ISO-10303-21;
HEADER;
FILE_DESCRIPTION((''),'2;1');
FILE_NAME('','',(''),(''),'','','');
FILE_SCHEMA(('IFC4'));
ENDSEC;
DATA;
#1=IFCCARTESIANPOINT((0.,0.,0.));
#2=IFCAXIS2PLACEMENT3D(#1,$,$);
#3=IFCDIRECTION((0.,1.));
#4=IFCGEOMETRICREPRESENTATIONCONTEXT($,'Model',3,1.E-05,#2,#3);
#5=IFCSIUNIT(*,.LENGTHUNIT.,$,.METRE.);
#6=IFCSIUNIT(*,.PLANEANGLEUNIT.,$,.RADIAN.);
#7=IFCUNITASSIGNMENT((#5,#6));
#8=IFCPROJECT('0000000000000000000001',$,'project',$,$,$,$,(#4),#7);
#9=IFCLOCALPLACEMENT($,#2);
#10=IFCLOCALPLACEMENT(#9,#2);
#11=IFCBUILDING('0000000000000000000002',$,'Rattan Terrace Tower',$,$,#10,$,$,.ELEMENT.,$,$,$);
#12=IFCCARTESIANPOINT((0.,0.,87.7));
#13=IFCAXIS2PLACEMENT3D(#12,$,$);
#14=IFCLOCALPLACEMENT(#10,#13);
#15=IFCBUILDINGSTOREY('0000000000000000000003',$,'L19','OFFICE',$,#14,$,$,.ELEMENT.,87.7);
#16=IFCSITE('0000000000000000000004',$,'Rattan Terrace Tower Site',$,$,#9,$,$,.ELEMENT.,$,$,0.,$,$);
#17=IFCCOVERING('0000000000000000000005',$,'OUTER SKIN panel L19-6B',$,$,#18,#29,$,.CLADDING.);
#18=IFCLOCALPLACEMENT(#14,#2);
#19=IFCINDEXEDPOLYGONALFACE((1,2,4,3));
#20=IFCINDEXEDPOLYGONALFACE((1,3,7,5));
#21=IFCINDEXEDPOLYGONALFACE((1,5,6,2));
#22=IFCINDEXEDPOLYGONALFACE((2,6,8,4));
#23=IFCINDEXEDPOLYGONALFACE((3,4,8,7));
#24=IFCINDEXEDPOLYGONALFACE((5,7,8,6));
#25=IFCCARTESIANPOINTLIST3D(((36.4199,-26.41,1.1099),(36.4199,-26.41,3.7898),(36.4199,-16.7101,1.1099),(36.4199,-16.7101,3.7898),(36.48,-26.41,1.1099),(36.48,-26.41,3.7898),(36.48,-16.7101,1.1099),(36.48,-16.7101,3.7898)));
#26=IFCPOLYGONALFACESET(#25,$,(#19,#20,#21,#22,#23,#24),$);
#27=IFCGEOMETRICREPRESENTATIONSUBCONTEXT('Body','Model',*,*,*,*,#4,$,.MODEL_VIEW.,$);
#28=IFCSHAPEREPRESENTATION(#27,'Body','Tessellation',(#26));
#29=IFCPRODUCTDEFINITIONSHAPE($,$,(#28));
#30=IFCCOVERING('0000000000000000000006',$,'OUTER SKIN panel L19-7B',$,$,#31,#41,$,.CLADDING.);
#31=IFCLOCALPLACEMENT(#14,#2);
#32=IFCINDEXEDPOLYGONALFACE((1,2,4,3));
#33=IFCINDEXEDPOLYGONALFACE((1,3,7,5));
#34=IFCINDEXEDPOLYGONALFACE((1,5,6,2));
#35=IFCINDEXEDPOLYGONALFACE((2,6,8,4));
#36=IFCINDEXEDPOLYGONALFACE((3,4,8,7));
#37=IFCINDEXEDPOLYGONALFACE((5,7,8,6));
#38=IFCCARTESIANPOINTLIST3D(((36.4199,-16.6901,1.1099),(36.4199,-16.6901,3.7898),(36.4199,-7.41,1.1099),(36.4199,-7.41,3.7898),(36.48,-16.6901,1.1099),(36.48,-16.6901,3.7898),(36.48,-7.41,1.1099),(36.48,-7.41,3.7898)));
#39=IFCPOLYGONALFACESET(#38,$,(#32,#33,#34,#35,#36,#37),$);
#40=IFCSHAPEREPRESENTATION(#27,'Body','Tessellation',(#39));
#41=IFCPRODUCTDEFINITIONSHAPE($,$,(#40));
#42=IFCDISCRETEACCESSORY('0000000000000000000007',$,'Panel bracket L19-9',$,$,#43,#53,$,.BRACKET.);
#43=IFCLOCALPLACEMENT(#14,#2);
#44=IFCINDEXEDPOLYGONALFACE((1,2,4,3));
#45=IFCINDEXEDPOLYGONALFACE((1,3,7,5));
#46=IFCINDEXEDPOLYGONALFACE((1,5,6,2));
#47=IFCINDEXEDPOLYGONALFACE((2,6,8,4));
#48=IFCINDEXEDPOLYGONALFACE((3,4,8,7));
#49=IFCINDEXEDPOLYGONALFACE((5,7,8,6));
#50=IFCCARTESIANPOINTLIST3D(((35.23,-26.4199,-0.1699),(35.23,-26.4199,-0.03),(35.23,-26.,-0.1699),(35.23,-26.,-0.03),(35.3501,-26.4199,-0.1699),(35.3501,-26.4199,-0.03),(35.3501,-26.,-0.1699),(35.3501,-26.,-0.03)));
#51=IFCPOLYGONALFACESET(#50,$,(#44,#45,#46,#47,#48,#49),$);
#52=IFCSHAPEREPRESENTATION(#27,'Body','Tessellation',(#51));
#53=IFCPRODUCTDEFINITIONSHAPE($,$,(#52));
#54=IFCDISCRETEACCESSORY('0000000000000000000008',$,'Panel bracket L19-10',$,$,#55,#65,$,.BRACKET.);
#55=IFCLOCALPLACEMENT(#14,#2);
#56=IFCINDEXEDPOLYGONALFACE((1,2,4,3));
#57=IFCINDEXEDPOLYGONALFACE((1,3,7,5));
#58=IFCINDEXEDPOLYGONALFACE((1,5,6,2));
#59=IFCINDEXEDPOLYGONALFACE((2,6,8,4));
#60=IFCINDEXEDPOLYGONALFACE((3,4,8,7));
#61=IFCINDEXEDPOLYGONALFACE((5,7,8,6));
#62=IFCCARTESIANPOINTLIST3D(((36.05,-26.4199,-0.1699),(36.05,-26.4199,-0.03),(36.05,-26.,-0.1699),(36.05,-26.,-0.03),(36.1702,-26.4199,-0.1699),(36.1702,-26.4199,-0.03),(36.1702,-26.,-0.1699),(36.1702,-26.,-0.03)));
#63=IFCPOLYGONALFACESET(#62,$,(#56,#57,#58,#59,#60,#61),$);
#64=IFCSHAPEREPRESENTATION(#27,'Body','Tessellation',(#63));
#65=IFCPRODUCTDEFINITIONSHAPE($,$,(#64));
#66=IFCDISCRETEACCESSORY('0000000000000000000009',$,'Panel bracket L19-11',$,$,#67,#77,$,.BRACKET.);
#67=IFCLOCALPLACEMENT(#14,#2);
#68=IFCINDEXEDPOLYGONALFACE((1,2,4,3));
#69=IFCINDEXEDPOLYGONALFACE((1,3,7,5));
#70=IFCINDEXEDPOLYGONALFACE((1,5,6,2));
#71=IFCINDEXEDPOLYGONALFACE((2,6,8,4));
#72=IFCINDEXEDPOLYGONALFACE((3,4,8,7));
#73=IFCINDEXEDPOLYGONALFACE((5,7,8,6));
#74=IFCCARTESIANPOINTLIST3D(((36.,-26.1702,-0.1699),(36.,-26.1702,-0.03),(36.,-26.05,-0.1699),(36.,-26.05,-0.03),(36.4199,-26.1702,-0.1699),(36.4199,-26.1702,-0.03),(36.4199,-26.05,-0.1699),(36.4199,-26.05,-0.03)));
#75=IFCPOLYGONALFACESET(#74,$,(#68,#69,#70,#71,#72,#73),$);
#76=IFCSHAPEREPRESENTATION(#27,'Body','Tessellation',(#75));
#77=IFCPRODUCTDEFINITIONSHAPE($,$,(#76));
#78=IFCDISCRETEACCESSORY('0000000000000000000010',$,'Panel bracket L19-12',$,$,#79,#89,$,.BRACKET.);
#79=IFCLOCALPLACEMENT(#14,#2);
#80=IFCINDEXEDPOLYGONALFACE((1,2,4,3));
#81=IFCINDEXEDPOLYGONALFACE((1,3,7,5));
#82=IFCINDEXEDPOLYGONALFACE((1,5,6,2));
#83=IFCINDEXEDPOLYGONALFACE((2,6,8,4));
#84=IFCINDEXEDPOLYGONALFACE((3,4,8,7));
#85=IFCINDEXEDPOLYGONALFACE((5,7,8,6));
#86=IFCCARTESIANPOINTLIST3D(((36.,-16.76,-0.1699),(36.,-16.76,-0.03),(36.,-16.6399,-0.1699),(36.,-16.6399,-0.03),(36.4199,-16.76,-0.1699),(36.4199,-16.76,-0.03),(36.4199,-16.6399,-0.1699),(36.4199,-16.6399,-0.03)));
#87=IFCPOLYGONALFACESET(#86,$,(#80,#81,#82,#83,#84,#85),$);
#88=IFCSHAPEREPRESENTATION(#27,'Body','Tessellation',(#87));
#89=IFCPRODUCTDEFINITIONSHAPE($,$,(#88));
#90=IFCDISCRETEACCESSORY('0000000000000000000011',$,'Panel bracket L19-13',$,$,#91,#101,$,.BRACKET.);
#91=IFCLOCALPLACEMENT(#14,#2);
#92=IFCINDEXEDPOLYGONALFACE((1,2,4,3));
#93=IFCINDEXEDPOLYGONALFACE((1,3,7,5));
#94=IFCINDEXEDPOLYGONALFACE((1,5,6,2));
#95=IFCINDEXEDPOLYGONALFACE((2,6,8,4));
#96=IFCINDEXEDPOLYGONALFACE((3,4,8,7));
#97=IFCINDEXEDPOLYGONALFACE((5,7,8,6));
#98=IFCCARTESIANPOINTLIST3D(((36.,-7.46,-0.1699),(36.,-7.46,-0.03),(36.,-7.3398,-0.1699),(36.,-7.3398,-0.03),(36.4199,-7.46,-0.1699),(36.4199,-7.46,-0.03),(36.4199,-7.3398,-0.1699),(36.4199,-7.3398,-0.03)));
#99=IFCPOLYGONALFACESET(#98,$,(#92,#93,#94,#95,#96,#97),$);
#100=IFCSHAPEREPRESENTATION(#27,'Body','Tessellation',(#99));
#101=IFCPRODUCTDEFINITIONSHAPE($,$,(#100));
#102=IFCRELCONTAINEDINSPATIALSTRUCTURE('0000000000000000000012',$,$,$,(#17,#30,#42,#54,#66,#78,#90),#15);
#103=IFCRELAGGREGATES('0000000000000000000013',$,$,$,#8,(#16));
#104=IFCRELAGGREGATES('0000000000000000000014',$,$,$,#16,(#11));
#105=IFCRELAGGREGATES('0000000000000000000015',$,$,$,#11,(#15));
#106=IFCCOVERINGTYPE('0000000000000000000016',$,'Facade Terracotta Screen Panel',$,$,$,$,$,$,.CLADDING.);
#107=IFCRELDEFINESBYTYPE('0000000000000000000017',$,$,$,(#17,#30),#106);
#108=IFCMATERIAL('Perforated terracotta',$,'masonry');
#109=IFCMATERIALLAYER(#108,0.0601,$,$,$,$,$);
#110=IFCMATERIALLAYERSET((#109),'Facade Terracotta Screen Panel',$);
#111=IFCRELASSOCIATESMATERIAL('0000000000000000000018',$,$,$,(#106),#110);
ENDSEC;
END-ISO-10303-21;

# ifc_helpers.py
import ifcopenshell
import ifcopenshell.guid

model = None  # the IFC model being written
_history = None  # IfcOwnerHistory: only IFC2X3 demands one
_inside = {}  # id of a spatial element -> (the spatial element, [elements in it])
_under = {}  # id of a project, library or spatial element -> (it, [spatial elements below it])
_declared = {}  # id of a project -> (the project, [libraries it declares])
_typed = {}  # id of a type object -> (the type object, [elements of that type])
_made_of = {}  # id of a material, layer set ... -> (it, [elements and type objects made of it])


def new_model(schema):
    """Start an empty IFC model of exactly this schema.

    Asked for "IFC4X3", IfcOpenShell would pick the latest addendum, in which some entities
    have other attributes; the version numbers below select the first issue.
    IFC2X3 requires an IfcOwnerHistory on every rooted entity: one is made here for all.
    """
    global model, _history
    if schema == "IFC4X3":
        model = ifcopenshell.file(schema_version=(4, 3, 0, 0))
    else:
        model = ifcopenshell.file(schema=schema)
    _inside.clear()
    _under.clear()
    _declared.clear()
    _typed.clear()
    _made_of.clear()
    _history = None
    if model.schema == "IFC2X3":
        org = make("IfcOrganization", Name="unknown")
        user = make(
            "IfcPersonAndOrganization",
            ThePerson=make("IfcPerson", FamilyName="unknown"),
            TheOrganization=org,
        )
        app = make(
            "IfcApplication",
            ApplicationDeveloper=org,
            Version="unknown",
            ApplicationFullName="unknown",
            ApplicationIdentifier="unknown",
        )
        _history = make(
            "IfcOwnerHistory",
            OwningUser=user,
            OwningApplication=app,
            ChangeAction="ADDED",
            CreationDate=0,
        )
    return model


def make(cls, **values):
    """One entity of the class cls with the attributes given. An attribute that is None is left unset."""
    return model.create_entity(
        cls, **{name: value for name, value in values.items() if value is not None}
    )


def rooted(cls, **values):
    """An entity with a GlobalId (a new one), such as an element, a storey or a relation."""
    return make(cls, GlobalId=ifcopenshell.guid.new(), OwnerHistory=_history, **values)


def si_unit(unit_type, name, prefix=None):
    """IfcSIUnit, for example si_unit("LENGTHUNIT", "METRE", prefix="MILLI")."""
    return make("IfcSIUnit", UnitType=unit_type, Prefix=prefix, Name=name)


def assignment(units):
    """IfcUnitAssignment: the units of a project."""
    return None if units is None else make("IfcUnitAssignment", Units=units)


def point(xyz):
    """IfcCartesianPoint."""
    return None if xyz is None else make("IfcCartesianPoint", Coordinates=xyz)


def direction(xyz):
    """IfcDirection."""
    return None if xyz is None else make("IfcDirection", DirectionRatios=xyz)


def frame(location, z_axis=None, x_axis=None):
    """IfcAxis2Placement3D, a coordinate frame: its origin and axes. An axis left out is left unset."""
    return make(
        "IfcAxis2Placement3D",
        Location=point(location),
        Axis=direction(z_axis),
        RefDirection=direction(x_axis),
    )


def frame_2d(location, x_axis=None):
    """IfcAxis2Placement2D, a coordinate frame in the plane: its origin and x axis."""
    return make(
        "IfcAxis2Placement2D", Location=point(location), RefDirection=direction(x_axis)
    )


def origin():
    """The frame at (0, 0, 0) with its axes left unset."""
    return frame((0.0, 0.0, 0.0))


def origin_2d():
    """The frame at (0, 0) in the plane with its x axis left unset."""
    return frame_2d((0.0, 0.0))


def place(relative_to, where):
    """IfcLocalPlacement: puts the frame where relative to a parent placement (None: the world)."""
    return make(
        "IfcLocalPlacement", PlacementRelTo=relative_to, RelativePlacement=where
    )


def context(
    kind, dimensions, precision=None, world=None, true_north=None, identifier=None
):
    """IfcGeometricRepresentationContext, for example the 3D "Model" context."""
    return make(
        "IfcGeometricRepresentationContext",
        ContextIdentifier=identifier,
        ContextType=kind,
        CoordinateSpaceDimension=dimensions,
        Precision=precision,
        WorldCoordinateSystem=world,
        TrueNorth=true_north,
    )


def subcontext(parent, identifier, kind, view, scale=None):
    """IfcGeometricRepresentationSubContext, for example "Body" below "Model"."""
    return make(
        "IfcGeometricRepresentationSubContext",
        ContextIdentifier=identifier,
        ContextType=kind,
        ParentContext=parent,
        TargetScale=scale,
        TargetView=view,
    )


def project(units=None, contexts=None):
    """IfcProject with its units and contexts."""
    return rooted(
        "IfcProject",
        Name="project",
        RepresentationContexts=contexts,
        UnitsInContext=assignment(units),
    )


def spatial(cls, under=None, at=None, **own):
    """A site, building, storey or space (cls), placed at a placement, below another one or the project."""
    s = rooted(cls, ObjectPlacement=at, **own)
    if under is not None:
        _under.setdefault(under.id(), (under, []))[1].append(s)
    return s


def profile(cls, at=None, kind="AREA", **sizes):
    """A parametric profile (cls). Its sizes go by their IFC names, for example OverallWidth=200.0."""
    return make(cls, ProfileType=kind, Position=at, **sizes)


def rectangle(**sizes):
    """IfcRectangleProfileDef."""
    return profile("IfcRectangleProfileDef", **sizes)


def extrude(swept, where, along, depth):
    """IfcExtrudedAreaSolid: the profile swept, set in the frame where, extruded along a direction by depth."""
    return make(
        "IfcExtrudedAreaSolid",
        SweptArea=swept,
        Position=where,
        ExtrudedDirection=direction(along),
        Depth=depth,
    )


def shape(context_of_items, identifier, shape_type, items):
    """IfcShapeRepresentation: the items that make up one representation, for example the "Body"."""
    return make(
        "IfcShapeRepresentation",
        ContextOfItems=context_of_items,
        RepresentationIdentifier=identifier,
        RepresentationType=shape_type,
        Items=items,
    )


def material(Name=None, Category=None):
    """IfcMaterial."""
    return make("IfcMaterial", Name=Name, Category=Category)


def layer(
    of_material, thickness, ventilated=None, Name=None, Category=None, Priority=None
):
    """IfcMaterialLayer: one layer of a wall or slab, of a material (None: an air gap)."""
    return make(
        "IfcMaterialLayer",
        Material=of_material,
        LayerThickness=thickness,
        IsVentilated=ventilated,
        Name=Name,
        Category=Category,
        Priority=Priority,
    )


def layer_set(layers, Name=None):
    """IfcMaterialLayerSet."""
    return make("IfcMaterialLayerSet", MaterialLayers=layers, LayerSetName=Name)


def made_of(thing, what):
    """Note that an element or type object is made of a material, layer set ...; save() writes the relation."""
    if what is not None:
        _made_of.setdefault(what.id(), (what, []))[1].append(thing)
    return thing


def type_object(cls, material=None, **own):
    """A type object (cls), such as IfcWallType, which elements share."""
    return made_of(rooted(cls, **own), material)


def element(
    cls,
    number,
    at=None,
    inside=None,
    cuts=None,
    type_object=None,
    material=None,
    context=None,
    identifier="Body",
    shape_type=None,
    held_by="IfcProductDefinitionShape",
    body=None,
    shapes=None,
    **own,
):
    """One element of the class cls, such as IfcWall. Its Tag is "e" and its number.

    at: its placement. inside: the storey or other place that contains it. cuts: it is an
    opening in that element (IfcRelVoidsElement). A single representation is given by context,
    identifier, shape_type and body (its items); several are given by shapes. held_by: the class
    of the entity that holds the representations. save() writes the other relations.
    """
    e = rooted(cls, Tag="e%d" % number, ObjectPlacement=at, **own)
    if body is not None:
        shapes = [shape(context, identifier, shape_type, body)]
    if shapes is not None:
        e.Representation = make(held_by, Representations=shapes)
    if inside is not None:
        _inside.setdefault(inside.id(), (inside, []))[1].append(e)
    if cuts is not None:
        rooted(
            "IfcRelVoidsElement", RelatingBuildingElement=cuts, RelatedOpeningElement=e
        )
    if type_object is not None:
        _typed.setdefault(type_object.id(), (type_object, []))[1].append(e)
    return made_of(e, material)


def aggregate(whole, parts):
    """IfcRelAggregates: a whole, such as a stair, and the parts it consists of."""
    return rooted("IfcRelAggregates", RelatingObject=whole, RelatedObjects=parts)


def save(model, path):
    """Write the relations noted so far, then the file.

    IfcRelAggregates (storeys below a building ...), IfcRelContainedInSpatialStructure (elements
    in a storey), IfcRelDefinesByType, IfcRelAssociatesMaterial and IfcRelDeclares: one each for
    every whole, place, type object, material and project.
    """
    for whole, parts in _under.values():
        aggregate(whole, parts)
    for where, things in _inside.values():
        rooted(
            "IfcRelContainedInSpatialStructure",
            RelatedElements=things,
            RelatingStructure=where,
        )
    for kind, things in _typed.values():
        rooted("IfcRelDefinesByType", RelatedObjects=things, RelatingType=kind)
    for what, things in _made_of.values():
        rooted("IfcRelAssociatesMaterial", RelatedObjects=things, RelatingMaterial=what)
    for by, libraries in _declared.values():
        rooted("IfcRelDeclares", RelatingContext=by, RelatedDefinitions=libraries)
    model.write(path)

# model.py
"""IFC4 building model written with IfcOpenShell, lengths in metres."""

from ifc_helpers import new_model, si_unit, direction, frame, origin, origin_2d, place, context, subcontext, project, spatial, rectangle, extrude, material, layer, layer_set, type_object, element, save


model = new_model("IFC4")

# Units and contexts
model_context = context("Model", 3, precision=1e-05, world=origin(), true_north=direction((0.0, 1.0)))
body_context = subcontext(model_context, "Body", "Model", "MODEL_VIEW")
ifc_project = project(units=[si_unit("LENGTHUNIT", "METRE"), si_unit("PLANEANGLEUNIT", "RADIAN")], contexts=[model_context])

# Site, building, storey
site_placement = place(None, origin())
site = spatial("IfcSite", under=ifc_project, at=site_placement, Name="Rattan Terrace Tower Site", CompositionType="ELEMENT", RefElevation=0.0)
building_placement = place(site_placement, origin())
building = spatial("IfcBuilding", under=site, at=building_placement, Name="Rattan Terrace Tower", CompositionType="ELEMENT")
storey_placement = place(building_placement, frame((0.0, 0.0, 87.7)))
storey = spatial("IfcBuildingStorey", under=building, at=storey_placement, Name="L19", Description="OFFICE", CompositionType="ELEMENT", Elevation=87.7)

# Coverings
ifc_material_1 = material(Name="Perforated terracotta", Category="masonry")
ifc_layer_1 = layer(ifc_material_1, 0.0601)
ifc_layer_set_1 = layer_set([ifc_layer_1], Name="Facade Terracotta Screen Panel")
covering_type_1 = type_object("IfcCoveringType", Name="Facade Terracotta Screen Panel", PredefinedType="CLADDING", material=ifc_layer_set_1)
covering_1_placement = place(storey_placement, frame((36.45, -21.5601, 1.1099), z_axis=(0.0, 0.0, 1.0), x_axis=(0.0, 1.0, 0.0)))
element("IfcCovering", 1, at=covering_1_placement, inside=storey, type_object=covering_type_1, Name="OUTER SKIN panel L19-6B", PredefinedType="CLADDING", context=body_context, shape_type="SweptSolid", body=[
    extrude(rectangle(XDim=9.7, YDim=0.0601, at=origin_2d()), origin(), (0.0, 0.0, 1.0), 2.6799),
])
covering_2_placement = place(storey_placement, frame((36.45, -12.05, 1.1099), z_axis=(0.0, 0.0, 1.0), x_axis=(0.0, 1.0, 0.0)))
element("IfcCovering", 2, at=covering_2_placement, inside=storey, type_object=covering_type_1, Name="OUTER SKIN panel L19-7B", PredefinedType="CLADDING", context=body_context, shape_type="SweptSolid", body=[
    extrude(rectangle(XDim=9.28, YDim=0.0601, at=origin_2d()), origin(), (0.0, 0.0, 1.0), 2.6799),
])

# Discrete accessories
for number, where, z_axis, x_axis, name in (
    (3, (35.29, -26.21, -0.1699), (0.0, 0.0, 1.0), (1.0, 0.0, 0.0), "Panel bracket L19-9"),
    (4, (36.1101, -26.21, -0.1699), (0.0, 0.0, 1.0), (1.0, 0.0, 0.0), "Panel bracket L19-10"),
    (5, (36.21, -26.1101, -0.1699), (0.0, 0.0, 1.0), (0.0, 1.0, 0.0), "Panel bracket L19-11"),
    (6, (36.21, -16.7, -0.1699), (0.0, 0.0, 1.0), (0.0, 1.0, 0.0), "Panel bracket L19-12"),
    (7, (36.21, -7.3999, -0.1699), (0.0, 0.0, 1.0), (0.0, 1.0, 0.0), "Panel bracket L19-13"),
):
    element("IfcDiscreteAccessory", number, at=place(storey_placement, frame(where, z_axis=z_axis, x_axis=x_axis)), inside=storey, Name=name, PredefinedType="BRACKET", context=body_context, shape_type="SweptSolid", body=[
        extrude(rectangle(XDim=0.1201, YDim=0.4199, at=origin_2d()), origin(), (0.0, 0.0, 1.0), 0.1399),
    ])

save(model, "model.ifc")
